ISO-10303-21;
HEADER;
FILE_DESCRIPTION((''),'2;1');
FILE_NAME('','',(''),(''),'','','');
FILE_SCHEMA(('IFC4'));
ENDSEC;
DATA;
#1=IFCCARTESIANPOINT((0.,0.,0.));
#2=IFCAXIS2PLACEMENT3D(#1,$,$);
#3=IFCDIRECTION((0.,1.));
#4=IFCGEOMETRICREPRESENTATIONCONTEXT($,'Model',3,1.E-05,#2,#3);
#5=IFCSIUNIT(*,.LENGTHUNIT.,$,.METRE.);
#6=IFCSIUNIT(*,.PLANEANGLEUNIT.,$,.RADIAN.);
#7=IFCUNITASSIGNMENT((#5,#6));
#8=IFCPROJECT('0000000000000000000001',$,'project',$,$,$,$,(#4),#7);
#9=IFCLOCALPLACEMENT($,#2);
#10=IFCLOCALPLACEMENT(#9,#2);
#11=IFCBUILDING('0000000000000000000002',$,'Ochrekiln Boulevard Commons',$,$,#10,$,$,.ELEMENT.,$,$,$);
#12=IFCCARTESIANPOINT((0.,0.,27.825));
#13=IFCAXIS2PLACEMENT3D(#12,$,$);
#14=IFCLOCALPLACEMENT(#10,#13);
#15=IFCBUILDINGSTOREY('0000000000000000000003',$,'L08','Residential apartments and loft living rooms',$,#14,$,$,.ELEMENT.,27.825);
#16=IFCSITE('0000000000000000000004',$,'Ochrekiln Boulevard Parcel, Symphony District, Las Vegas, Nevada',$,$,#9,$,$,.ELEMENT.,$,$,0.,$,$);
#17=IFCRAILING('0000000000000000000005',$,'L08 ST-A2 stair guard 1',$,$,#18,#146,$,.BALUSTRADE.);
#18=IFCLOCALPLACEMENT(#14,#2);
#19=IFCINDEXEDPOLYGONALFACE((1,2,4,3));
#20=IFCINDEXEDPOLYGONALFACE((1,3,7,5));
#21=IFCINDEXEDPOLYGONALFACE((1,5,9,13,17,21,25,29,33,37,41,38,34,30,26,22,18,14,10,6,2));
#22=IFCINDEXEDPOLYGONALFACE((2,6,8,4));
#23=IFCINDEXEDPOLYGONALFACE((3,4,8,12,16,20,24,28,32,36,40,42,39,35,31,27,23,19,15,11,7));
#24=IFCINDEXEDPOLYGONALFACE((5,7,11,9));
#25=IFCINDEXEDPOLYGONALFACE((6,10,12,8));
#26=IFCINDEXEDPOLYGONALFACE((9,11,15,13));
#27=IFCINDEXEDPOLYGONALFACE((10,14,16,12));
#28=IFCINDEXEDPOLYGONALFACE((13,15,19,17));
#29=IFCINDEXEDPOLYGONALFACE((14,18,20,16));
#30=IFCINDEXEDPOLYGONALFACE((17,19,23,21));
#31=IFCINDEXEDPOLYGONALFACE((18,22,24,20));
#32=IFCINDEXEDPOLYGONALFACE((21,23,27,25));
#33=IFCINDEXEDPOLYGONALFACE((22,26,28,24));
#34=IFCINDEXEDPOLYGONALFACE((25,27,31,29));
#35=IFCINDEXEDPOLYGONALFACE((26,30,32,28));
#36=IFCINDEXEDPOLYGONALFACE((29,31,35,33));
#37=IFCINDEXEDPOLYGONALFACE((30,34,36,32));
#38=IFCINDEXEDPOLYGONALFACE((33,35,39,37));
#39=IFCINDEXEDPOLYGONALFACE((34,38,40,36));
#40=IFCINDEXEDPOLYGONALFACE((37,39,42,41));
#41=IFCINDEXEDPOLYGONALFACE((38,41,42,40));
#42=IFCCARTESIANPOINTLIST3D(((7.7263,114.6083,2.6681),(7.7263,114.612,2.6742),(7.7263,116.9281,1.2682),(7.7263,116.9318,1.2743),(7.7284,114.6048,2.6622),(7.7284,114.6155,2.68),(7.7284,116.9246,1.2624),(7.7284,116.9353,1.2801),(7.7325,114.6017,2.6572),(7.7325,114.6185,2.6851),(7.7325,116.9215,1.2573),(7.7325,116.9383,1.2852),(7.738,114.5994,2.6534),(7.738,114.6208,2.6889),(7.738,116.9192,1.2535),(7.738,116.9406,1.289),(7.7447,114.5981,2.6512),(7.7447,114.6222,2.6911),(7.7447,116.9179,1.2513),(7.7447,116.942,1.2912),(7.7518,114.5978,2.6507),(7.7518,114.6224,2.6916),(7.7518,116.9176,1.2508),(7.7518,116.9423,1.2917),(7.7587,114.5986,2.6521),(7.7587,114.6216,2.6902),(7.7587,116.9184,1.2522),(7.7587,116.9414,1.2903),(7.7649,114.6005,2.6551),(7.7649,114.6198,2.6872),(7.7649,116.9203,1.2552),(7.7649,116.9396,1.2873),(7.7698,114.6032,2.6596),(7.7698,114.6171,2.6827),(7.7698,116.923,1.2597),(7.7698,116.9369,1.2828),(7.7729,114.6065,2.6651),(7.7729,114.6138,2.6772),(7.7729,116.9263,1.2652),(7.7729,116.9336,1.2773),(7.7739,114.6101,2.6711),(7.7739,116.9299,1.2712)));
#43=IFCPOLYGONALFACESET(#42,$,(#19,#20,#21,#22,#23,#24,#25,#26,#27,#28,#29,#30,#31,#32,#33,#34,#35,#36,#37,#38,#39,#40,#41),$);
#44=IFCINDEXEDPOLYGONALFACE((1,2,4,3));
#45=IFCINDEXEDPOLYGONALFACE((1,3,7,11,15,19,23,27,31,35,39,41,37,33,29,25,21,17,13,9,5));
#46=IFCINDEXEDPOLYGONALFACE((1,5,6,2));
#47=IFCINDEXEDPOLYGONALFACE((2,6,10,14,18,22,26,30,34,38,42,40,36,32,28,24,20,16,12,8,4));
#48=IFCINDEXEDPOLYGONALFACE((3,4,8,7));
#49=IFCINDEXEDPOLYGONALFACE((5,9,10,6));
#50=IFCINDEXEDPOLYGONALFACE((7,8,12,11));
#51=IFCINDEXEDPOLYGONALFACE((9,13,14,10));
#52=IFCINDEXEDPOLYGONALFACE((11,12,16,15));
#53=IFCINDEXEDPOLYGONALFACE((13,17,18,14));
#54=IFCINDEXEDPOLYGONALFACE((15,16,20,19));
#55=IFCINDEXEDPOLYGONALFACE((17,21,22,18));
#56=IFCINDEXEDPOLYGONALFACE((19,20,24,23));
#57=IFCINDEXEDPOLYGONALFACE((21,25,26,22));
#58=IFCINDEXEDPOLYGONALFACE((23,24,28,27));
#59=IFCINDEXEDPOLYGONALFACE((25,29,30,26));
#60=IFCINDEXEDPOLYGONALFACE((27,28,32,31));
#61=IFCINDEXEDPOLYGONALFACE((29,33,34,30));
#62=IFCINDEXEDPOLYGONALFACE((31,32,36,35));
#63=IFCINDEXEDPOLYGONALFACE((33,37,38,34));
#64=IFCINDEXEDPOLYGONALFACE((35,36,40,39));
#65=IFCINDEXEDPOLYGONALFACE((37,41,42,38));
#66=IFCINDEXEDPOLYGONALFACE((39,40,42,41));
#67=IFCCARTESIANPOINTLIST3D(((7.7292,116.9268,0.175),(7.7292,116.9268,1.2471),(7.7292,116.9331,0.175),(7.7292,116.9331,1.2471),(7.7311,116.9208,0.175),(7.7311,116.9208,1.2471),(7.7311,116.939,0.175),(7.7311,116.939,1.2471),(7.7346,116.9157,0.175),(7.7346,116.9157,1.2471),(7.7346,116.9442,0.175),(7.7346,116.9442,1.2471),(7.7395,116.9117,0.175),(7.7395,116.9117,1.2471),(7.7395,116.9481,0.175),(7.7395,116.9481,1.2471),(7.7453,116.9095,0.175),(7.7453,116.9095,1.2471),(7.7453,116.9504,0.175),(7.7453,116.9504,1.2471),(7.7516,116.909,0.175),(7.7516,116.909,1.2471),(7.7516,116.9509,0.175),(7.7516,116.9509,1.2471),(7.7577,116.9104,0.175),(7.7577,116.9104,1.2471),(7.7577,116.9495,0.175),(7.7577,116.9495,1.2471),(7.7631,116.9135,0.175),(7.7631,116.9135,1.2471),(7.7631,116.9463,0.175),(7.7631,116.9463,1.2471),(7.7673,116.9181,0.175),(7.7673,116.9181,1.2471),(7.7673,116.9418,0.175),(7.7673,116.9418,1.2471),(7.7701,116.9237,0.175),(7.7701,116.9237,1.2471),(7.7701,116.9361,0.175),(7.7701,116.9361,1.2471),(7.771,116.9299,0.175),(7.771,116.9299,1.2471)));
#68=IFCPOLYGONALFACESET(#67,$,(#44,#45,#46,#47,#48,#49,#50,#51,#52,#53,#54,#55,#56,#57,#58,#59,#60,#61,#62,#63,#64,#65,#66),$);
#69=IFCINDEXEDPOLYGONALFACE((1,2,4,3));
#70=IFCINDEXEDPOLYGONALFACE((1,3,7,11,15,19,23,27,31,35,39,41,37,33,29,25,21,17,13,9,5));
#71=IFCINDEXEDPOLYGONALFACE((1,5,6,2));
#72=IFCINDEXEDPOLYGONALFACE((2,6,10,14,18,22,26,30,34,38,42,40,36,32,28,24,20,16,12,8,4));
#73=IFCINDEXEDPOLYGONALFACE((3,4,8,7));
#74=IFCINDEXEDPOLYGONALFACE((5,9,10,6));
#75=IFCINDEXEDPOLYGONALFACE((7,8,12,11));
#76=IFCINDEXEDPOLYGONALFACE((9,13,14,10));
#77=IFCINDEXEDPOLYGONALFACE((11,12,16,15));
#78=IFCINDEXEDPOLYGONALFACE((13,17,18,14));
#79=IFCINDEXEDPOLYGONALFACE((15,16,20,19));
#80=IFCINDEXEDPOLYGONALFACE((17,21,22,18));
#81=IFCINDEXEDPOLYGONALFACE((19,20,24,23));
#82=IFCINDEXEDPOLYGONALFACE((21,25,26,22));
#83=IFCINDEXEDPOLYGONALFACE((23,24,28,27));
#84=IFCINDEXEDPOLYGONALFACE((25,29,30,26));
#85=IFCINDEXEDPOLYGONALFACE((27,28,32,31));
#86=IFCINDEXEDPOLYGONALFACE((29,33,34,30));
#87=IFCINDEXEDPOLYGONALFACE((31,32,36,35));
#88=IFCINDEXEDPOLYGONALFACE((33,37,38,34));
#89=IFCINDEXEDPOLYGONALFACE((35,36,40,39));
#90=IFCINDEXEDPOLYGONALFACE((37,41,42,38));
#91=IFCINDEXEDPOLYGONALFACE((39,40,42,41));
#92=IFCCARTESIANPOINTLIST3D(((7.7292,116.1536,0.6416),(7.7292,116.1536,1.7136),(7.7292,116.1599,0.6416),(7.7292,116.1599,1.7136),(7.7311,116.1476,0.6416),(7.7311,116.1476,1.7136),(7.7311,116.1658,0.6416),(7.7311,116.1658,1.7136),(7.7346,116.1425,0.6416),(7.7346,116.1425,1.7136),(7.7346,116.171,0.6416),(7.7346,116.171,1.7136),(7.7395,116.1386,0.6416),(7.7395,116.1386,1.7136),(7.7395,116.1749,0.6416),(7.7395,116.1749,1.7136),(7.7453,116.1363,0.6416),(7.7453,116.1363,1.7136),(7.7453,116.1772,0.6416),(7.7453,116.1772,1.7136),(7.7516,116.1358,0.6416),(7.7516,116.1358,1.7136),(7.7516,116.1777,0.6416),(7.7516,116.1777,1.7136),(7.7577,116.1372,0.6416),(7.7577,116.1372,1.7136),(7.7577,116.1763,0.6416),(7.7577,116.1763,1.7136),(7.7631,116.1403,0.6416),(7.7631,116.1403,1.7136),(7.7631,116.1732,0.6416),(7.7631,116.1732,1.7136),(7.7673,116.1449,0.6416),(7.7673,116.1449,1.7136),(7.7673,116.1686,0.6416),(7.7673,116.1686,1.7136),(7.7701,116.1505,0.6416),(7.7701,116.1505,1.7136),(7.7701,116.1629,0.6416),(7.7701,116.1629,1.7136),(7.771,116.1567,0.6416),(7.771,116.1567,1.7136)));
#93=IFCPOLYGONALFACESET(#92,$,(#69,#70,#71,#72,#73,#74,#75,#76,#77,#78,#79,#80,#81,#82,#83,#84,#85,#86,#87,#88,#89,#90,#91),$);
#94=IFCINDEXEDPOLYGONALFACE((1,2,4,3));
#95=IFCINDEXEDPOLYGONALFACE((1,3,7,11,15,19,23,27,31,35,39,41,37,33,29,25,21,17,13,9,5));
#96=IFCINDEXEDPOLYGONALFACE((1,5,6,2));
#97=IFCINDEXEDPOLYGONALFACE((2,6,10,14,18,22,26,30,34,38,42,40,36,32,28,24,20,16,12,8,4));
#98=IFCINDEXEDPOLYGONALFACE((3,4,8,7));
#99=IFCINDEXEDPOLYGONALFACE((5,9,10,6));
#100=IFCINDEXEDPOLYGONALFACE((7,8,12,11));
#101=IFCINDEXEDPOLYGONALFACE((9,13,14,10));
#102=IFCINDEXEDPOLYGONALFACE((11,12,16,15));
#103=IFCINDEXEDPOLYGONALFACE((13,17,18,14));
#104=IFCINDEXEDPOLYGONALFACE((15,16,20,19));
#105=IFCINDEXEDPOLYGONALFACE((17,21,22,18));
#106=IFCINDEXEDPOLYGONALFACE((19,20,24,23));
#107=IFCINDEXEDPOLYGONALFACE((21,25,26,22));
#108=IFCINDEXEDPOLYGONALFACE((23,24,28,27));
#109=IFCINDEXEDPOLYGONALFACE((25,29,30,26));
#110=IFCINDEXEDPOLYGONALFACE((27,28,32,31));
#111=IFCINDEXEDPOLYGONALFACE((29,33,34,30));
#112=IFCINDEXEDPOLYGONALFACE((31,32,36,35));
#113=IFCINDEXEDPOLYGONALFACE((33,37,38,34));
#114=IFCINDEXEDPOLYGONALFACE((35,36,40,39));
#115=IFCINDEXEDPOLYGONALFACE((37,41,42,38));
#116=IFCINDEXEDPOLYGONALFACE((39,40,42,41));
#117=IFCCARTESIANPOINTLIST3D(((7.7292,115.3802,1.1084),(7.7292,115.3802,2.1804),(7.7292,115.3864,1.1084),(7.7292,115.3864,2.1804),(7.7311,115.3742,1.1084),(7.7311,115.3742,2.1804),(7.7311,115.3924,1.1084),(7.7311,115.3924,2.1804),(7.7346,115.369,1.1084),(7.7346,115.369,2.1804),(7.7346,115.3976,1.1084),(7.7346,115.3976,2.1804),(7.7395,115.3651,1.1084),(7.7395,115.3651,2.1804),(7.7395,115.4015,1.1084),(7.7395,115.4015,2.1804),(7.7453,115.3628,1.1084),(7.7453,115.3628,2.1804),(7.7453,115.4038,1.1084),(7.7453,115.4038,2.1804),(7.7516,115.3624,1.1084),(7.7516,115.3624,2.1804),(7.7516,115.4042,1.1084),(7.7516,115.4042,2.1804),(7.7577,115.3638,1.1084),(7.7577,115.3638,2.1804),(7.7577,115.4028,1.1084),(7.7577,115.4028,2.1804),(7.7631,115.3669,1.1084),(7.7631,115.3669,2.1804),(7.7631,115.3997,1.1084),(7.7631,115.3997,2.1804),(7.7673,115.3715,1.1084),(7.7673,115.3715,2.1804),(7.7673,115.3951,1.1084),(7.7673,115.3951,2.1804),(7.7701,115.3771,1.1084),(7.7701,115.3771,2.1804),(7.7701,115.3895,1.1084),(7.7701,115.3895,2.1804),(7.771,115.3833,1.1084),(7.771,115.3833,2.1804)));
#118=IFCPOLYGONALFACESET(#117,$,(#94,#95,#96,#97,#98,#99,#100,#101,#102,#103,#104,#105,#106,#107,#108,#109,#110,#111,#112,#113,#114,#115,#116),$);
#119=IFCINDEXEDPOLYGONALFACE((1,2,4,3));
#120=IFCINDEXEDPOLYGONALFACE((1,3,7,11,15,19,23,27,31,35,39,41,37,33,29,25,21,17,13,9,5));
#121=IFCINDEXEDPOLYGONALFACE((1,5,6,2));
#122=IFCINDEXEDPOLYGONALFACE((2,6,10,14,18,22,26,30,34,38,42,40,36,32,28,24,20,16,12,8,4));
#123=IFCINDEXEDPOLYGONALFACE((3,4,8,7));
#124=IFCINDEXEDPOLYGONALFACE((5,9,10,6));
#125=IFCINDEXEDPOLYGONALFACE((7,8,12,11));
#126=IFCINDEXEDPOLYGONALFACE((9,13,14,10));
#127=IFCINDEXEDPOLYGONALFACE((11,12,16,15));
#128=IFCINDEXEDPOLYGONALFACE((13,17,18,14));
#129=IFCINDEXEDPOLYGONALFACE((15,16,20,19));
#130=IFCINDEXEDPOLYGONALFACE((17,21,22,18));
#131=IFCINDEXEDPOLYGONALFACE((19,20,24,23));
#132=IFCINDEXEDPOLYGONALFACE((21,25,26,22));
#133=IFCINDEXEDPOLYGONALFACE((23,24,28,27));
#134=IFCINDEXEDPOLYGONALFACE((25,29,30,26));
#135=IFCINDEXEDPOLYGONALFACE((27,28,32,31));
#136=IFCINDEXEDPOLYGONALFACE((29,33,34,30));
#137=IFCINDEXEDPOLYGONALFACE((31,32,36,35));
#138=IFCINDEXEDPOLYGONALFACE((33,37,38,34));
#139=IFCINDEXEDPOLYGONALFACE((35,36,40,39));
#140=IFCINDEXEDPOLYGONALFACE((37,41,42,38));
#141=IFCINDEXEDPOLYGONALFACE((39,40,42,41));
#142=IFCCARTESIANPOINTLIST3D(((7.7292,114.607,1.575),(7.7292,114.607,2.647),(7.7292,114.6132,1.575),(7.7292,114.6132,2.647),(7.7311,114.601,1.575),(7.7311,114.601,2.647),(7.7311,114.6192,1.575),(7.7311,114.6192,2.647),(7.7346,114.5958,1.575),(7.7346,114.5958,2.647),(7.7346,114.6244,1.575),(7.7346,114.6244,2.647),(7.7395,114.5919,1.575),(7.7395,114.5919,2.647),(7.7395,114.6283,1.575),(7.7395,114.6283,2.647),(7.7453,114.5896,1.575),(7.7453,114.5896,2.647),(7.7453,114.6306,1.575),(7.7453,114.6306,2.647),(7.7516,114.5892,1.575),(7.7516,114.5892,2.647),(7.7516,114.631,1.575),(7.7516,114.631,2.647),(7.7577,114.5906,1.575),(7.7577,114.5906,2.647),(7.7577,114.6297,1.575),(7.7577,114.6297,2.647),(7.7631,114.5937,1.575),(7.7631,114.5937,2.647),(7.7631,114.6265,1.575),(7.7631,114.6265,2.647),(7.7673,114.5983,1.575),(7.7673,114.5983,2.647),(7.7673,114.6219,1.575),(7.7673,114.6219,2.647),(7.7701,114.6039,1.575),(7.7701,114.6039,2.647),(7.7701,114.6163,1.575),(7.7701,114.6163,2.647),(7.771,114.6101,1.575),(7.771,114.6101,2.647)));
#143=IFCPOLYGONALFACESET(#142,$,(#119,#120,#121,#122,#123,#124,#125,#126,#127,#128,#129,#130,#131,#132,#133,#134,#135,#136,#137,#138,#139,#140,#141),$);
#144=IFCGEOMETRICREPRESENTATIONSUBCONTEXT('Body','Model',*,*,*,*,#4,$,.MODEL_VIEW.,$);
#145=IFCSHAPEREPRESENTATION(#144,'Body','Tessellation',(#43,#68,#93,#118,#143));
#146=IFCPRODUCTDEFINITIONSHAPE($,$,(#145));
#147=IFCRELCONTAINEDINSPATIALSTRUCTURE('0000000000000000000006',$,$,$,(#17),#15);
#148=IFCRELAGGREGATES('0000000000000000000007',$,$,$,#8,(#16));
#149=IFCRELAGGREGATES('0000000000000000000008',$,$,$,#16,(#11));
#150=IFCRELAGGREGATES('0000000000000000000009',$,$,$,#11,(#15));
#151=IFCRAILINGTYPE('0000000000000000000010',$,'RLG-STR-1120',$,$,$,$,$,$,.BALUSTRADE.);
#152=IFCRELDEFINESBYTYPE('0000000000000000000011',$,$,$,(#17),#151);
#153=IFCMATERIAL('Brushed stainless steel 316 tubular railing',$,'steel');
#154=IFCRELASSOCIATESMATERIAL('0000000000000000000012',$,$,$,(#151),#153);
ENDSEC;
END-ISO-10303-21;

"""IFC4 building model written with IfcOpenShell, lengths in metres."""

from ifc_helpers import new_model, si_unit, direction, frame, origin, origin_2d, place, context, subcontext, project, spatial, circle, extrude, material, type_object, element, save


model = new_model("IFC4")

# Units and contexts
model_context = context("Model", 3, precision=1e-05, world=origin(), true_north=direction((0.0, 1.0)))
body_context = subcontext(model_context, "Body", "Model", "MODEL_VIEW")
ifc_project = project(units=[si_unit("LENGTHUNIT", "METRE"), si_unit("PLANEANGLEUNIT", "RADIAN")], contexts=[model_context])

# Site, building, storey
site_placement = place(None, origin())
site = spatial("IfcSite", under=ifc_project, at=site_placement, Name="Ochrekiln Boulevard Parcel, Symphony District, Las Vegas, Nevada", CompositionType="ELEMENT", RefElevation=0.0)
building_placement = place(site_placement, origin())
building = spatial("IfcBuilding", under=site, at=building_placement, Name="Ochrekiln Boulevard Commons", CompositionType="ELEMENT")
storey_placement = place(building_placement, frame((0.0, 0.0, 27.825)))
storey = spatial("IfcBuildingStorey", under=building, at=storey_placement, Name="L08", Description="Residential apartments and loft living rooms", CompositionType="ELEMENT", Elevation=27.825)

# Railing
ifc_material_1 = material(Name="Brushed stainless steel 316 tubular railing", Category="steel")
railing_type_1 = type_object("IfcRailingType", Name="RLG-STR-1120", PredefinedType="BALUSTRADE", material=ifc_material_1)
railing_1_placement = place(storey_placement, frame((7.75, 116.9299, 0.175)))
element("IfcRailing", 1, at=railing_1_placement, inside=storey, type_object=railing_type_1, Name="L08 ST-A2 stair guard 1", PredefinedType="BALUSTRADE", context=body_context, shape_type="SweptSolid", body=[
    extrude(circle(Radius=0.0239, at=origin_2d()), frame((0.0, 0.0, 1.0962), z_axis=(0.0, -0.856186, 0.516667), x_axis=(1.0, 0.0, 0.0)), (0.0, 0.0, 1.0), 2.7095),
    extrude(circle(Radius=0.021, at=origin_2d()), origin(), (0.0, 0.0, 1.0), 1.072),
    extrude(circle(Radius=0.021, at=origin_2d()), frame((0.0, -0.7732, 0.4666)), (0.0, 0.0, 1.0), 1.072),
    extrude(circle(Radius=0.021, at=origin_2d()), frame((0.0, -1.5466, 0.9333)), (0.0, 0.0, 1.0), 1.072),
    extrude(circle(Radius=0.021, at=origin_2d()), frame((0.0, -2.3198, 1.3999)), (0.0, 0.0, 1.0), 1.072),
])

save(model, "model.ifc")
